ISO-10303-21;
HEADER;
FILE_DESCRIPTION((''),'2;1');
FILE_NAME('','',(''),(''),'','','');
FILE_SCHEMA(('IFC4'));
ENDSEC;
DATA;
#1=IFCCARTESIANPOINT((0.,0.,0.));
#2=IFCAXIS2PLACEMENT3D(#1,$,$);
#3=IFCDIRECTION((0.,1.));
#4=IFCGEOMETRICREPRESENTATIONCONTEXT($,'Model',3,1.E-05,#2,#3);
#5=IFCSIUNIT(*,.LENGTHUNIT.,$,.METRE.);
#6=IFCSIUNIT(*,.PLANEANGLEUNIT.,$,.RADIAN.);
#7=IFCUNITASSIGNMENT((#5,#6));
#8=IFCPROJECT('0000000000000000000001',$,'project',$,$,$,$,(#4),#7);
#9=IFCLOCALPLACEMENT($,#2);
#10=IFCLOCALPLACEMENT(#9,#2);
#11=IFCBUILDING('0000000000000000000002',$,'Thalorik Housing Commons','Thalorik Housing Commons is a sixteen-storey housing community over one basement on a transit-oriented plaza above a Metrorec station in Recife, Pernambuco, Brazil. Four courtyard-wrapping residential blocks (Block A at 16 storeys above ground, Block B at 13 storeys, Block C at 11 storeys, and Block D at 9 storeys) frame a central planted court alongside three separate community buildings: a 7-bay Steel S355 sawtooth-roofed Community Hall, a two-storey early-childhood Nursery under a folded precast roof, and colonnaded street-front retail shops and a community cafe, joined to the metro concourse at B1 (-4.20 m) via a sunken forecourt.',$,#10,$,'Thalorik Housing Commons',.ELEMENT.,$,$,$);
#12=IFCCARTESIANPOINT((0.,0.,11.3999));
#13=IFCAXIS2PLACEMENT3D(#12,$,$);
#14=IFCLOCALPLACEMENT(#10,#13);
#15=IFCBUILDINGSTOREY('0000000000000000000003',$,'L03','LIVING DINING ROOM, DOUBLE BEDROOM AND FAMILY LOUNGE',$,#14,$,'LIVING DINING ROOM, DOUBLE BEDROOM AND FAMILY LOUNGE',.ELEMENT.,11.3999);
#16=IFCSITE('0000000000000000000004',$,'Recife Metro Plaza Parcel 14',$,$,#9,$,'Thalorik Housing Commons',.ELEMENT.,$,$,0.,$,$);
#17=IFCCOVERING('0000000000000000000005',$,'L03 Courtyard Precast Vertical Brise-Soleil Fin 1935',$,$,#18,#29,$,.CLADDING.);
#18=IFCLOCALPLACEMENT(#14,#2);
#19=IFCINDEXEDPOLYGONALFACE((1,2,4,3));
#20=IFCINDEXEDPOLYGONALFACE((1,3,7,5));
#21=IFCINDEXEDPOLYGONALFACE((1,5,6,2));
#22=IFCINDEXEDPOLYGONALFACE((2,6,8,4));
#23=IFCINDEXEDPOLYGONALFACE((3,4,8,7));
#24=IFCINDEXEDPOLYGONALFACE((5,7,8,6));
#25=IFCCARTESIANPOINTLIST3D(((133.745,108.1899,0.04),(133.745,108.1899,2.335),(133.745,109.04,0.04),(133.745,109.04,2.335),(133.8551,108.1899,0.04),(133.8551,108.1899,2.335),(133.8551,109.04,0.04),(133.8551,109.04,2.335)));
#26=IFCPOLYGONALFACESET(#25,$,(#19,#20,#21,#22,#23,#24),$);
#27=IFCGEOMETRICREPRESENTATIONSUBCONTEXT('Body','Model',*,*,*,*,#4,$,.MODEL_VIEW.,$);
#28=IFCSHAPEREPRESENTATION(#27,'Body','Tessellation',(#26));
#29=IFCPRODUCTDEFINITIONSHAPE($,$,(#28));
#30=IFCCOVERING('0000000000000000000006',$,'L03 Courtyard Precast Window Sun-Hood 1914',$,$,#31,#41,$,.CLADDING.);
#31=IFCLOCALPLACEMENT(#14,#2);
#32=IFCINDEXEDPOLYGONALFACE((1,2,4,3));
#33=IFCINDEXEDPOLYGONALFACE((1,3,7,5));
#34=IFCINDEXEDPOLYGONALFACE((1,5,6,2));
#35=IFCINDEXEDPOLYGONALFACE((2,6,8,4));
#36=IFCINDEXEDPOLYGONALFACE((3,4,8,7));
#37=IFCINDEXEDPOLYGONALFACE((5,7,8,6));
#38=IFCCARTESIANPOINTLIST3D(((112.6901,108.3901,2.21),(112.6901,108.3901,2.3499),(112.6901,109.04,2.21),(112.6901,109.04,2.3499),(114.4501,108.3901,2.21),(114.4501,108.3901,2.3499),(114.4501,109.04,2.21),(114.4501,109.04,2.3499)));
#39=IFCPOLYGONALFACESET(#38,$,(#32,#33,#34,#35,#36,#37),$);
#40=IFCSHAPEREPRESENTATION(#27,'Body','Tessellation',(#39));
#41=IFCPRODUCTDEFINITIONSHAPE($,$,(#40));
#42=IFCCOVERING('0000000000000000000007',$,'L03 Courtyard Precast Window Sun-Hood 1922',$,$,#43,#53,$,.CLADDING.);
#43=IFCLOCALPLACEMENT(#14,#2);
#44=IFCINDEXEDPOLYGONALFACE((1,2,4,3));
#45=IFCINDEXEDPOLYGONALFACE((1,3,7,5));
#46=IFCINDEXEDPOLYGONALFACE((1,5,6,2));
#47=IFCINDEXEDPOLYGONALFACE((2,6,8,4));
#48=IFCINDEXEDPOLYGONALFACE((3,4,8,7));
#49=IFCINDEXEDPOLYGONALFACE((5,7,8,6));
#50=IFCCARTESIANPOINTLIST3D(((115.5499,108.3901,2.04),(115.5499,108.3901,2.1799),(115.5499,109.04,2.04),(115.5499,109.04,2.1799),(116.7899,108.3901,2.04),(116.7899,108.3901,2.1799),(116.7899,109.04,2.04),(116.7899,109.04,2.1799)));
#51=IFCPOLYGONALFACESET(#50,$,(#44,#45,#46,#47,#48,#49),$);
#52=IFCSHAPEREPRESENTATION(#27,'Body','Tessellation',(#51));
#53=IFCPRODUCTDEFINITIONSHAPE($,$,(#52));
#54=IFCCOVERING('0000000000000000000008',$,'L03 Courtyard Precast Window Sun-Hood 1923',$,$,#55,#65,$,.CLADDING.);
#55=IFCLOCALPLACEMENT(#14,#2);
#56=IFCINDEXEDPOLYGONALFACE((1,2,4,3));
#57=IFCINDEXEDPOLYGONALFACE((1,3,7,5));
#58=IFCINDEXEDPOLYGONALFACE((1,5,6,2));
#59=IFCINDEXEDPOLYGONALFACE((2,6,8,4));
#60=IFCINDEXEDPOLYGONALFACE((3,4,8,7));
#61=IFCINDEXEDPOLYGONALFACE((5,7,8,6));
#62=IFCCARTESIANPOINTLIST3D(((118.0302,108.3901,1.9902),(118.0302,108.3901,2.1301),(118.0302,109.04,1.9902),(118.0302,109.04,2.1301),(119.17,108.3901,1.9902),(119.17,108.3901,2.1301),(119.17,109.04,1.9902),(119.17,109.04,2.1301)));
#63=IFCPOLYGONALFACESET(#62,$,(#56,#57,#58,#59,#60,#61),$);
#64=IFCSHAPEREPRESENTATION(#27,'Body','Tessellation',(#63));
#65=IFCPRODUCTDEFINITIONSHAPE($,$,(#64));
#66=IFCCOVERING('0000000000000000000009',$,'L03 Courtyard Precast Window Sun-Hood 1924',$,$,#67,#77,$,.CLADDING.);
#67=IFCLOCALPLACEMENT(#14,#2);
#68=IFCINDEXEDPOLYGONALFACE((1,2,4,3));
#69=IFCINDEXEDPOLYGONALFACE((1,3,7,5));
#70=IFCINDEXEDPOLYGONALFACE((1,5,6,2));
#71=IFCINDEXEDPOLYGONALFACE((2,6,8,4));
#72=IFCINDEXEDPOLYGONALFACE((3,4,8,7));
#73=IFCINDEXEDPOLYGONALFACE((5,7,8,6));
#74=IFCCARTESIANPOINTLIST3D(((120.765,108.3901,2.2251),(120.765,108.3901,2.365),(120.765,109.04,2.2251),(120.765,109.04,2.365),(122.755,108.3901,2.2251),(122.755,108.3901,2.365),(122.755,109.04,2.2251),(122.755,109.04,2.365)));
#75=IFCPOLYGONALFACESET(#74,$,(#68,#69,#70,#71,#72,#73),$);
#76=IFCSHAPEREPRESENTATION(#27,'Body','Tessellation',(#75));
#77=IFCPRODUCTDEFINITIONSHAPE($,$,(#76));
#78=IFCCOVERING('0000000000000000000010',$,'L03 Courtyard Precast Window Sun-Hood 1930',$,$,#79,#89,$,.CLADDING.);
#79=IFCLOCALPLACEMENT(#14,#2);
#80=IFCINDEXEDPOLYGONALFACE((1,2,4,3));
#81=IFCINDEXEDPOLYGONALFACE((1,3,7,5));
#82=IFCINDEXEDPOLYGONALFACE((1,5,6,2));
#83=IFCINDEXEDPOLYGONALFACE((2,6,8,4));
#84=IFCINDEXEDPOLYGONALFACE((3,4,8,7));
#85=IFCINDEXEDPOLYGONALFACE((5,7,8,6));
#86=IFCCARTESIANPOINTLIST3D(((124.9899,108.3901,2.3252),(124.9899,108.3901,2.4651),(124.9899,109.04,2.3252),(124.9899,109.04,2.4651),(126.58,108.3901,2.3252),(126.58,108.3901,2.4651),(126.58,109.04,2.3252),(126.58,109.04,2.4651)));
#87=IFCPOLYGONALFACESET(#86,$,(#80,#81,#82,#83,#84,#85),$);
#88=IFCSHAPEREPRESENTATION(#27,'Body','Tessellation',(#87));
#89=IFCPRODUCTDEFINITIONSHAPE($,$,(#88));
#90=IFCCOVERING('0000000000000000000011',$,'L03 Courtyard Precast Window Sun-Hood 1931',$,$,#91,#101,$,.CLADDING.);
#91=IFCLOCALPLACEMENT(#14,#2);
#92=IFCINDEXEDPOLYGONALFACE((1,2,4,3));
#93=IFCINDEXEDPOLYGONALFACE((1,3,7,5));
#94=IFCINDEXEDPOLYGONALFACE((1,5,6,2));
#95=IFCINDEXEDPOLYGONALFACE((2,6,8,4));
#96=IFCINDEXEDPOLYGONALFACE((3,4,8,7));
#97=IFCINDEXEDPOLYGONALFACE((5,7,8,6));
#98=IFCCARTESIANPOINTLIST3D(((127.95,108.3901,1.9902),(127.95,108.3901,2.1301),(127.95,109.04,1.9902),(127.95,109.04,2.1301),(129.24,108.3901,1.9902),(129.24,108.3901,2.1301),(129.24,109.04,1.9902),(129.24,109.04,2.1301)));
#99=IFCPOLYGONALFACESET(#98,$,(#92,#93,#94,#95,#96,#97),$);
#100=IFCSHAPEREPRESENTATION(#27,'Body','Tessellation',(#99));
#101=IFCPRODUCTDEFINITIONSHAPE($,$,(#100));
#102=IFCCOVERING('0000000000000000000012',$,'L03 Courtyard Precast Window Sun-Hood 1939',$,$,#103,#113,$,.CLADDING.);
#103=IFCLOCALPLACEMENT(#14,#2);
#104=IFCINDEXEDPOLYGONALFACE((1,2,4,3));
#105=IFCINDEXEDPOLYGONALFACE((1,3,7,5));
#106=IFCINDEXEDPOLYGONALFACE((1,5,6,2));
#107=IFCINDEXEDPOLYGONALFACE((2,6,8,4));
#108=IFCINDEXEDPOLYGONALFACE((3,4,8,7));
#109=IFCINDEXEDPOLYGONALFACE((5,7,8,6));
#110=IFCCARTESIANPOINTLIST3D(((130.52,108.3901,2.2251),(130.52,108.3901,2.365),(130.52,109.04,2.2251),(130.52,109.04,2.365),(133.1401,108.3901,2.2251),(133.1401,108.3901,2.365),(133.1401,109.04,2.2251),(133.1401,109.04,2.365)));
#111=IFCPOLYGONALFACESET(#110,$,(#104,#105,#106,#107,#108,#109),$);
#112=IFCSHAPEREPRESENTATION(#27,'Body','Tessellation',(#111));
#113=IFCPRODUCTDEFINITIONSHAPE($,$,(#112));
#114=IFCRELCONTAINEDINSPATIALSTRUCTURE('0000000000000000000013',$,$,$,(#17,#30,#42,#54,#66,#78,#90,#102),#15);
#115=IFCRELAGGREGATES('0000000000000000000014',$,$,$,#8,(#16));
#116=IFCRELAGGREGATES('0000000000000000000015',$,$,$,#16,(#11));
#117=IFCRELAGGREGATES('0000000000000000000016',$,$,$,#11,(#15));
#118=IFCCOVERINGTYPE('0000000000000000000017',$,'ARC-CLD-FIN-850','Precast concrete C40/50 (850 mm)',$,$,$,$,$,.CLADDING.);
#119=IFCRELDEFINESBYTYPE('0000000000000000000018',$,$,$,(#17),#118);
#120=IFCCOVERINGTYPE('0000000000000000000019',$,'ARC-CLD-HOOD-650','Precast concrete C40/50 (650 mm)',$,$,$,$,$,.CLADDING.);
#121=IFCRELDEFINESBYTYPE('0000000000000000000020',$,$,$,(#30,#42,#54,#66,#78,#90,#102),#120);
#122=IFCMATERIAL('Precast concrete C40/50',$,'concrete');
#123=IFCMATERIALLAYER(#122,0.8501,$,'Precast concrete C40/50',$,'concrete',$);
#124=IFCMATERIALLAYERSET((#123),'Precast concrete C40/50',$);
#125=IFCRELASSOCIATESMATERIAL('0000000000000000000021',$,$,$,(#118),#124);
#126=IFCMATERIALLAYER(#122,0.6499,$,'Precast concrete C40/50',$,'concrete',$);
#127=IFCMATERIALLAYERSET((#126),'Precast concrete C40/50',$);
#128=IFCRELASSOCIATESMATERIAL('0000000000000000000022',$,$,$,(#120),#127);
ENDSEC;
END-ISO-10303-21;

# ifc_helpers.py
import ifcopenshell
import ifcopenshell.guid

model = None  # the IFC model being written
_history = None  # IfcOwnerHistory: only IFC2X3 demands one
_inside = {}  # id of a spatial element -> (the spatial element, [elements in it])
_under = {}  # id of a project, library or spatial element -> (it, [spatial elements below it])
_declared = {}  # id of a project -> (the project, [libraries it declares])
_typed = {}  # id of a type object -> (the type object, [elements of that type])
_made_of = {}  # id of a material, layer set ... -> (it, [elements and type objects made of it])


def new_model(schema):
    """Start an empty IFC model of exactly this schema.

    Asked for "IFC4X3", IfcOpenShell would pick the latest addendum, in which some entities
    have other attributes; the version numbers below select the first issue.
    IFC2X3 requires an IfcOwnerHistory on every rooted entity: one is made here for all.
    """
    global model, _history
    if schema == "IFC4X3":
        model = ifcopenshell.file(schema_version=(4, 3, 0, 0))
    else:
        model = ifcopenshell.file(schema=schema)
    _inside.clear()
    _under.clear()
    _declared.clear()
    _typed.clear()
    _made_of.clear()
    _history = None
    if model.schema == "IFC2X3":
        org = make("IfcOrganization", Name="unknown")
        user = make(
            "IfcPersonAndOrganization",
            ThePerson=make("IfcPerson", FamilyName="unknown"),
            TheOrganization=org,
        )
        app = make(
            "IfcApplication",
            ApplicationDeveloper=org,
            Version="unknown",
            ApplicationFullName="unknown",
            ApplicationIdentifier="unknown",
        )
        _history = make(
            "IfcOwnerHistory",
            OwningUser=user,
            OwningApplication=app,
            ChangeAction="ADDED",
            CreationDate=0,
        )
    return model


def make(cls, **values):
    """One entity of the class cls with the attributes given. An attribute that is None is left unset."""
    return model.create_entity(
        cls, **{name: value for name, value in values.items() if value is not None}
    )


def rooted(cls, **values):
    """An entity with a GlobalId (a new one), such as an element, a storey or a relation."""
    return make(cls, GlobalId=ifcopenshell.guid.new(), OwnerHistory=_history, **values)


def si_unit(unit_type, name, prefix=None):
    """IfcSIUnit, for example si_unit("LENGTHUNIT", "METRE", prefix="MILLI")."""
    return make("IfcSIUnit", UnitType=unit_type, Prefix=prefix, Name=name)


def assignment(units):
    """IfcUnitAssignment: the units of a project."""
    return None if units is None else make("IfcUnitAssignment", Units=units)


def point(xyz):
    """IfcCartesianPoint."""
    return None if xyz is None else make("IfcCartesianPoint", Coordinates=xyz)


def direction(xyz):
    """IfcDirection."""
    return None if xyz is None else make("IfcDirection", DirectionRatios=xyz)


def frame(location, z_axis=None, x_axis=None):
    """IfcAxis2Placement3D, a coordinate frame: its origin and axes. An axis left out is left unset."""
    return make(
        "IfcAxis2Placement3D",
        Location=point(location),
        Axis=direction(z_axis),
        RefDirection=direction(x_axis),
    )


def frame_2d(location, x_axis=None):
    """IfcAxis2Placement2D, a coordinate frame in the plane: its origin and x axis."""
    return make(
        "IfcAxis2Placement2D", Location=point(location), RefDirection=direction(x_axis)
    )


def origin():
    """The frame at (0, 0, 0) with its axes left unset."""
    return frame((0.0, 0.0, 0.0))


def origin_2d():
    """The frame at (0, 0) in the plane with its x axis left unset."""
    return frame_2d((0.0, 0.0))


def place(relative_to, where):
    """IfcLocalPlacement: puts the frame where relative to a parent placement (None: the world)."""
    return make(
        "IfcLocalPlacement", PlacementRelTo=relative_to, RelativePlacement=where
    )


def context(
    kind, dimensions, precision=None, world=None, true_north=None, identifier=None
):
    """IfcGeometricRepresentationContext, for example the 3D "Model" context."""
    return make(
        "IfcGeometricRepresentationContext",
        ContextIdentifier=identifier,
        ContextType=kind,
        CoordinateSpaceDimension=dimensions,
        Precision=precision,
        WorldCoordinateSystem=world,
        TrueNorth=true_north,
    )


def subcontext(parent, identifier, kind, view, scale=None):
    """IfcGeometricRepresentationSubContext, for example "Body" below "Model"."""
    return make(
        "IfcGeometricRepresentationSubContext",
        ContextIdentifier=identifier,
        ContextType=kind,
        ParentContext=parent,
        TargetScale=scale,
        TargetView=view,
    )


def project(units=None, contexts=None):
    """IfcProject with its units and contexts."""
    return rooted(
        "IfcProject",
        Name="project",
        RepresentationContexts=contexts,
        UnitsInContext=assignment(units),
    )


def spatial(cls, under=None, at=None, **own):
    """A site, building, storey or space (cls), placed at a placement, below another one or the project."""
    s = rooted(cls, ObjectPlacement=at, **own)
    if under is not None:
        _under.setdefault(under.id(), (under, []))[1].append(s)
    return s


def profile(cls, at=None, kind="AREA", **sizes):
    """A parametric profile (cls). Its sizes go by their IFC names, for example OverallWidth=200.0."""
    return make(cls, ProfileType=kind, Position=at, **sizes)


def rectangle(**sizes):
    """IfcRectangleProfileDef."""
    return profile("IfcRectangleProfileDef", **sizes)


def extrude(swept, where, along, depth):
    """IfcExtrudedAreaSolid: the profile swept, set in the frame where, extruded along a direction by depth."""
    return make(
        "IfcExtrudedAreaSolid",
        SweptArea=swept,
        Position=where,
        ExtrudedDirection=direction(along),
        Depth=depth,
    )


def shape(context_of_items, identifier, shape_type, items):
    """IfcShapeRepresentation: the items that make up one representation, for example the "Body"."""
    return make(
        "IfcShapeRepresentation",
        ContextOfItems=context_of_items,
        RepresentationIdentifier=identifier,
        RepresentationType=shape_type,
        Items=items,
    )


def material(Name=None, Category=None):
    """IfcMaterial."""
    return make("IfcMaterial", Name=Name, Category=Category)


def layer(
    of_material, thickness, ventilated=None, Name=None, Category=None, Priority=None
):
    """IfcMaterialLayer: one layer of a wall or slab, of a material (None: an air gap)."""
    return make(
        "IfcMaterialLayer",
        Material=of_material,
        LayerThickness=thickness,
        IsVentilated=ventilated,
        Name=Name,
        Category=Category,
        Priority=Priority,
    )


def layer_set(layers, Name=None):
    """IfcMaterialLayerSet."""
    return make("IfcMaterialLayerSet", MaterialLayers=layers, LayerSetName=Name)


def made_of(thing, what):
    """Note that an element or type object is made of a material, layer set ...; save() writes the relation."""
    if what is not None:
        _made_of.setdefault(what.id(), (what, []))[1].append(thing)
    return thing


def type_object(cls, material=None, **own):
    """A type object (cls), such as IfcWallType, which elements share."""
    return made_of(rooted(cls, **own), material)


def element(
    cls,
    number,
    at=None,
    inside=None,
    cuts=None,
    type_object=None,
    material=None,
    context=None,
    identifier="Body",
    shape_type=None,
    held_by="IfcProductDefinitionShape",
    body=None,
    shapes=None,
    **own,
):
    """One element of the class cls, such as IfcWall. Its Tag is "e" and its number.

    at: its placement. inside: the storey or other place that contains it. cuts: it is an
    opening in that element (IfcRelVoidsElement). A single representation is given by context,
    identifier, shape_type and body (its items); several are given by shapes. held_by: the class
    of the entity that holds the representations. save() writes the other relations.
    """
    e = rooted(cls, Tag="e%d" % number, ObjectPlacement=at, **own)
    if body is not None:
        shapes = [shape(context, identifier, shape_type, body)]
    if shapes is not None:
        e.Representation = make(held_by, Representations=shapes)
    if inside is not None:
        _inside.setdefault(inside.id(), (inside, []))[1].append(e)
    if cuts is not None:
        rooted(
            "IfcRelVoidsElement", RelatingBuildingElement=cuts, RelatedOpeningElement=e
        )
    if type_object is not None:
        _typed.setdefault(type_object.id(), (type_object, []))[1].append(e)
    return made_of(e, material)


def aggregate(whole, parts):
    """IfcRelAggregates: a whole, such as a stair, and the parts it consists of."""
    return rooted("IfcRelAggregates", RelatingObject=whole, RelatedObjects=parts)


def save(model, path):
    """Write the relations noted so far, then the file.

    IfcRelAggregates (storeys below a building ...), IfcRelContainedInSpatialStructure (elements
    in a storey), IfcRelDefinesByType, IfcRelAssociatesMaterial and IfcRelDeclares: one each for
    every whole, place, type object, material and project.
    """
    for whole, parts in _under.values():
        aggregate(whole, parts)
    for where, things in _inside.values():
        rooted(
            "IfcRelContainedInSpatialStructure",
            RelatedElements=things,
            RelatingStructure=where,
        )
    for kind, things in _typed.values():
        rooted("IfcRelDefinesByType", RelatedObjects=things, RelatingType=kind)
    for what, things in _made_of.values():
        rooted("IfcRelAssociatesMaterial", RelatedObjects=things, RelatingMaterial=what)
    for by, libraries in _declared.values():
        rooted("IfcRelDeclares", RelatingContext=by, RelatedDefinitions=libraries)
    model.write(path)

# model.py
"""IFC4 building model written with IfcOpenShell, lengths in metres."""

from ifc_helpers import new_model, si_unit, direction, frame, origin, origin_2d, place, context, subcontext, project, spatial, rectangle, extrude, material, layer, layer_set, type_object, element, save


model = new_model("IFC4")

# Units and contexts
model_context = context("Model", 3, precision=1e-05, world=origin(), true_north=direction((0.0, 1.0)))
body_context = subcontext(model_context, "Body", "Model", "MODEL_VIEW")
ifc_project = project(units=[si_unit("LENGTHUNIT", "METRE"), si_unit("PLANEANGLEUNIT", "RADIAN")], contexts=[model_context])

# Site, building, storey
site_placement = place(None, origin())
site = spatial("IfcSite", under=ifc_project, at=site_placement, Name="Recife Metro Plaza Parcel 14", LongName="Thalorik Housing Commons", CompositionType="ELEMENT", RefElevation=0.0)
building_placement = place(site_placement, origin())
building = spatial("IfcBuilding", under=site, at=building_placement, Name="Thalorik Housing Commons", Description="Thalorik Housing Commons is a sixteen-storey housing community over one basement on a transit-oriented plaza above a Metrorec station in Recife, Pernambuco, Brazil. Four courtyard-wrapping residential blocks (Block A at 16 storeys above ground, Block B at 13 storeys, Block C at 11 storeys, and Block D at 9 storeys) frame a central planted court alongside three separate community buildings: a 7-bay Steel S355 sawtooth-roofed Community Hall, a two-storey early-childhood Nursery under a folded precast roof, and colonnaded street-front retail shops and a community cafe, joined to the metro concourse at B1 (-4.20 m) via a sunken forecourt.", LongName="Thalorik Housing Commons", CompositionType="ELEMENT")
storey_placement = place(building_placement, frame((0.0, 0.0, 11.3999)))
storey = spatial("IfcBuildingStorey", under=building, at=storey_placement, Name="L03", Description="LIVING DINING ROOM, DOUBLE BEDROOM AND FAMILY LOUNGE", LongName="LIVING DINING ROOM, DOUBLE BEDROOM AND FAMILY LOUNGE", CompositionType="ELEMENT", Elevation=11.3999)

# Coverings
ifc_material = material(Name="Precast concrete C40/50", Category="concrete")
ifc_layer_1 = layer(ifc_material, 0.8501, Name="Precast concrete C40/50", Category="concrete")
ifc_layer_set_1 = layer_set([ifc_layer_1], Name="Precast concrete C40/50")
covering_type_1 = type_object("IfcCoveringType", Name="ARC-CLD-FIN-850", Description="Precast concrete C40/50 (850 mm)", PredefinedType="CLADDING", material=ifc_layer_set_1)
for number, where, z_axis, x_axis, name in (
    (1, (133.8, 108.615, 0.04), (0.0, 0.0, 1.0), (1.0, 0.0, 0.0), "L03 Courtyard Precast Vertical Brise-Soleil Fin 1935"),
):
    element("IfcCovering", number, at=place(storey_placement, frame(where, z_axis=z_axis, x_axis=x_axis)), inside=storey, type_object=covering_type_1, Name=name, PredefinedType="CLADDING", context=body_context, shape_type="SweptSolid", body=[
        extrude(rectangle(XDim=0.1101, YDim=0.8501, at=origin_2d()), origin(), (0.0, 0.0, 1.0), 2.2949),
    ])
ifc_layer_2 = layer(ifc_material, 0.6499, Name="Precast concrete C40/50", Category="concrete")
ifc_layer_set_2 = layer_set([ifc_layer_2], Name="Precast concrete C40/50")
covering_type_2 = type_object("IfcCoveringType", Name="ARC-CLD-HOOD-650", Description="Precast concrete C40/50 (650 mm)", PredefinedType="CLADDING", material=ifc_layer_set_2)
covering_1_placement = place(storey_placement, frame((113.5701, 108.7151, 2.21), z_axis=(0.0, 0.0, 1.0), x_axis=(1.0, 0.0, 0.0)))
element("IfcCovering", 2, at=covering_1_placement, inside=storey, type_object=covering_type_2, Name="L03 Courtyard Precast Window Sun-Hood 1914", PredefinedType="CLADDING", context=body_context, shape_type="SweptSolid", body=[
    extrude(rectangle(XDim=1.76, YDim=0.6499, at=origin_2d()), origin(), (0.0, 0.0, 1.0), 0.1399),
])
covering_2_placement = place(storey_placement, frame((116.1699, 108.7151, 2.04), z_axis=(0.0, 0.0, 1.0), x_axis=(1.0, 0.0, 0.0)))
element("IfcCovering", 3, at=covering_2_placement, inside=storey, type_object=covering_type_2, Name="L03 Courtyard Precast Window Sun-Hood 1922", PredefinedType="CLADDING", context=body_context, shape_type="SweptSolid", body=[
    extrude(rectangle(XDim=1.24, YDim=0.6499, at=origin_2d()), origin(), (0.0, 0.0, 1.0), 0.1399),
])
covering_3_placement = place(storey_placement, frame((118.6001, 108.7151, 1.9902), z_axis=(0.0, 0.0, 1.0), x_axis=(1.0, 0.0, 0.0)))
element("IfcCovering", 4, at=covering_3_placement, inside=storey, type_object=covering_type_2, Name="L03 Courtyard Precast Window Sun-Hood 1923", PredefinedType="CLADDING", context=body_context, shape_type="SweptSolid", body=[
    extrude(rectangle(XDim=1.1399, YDim=0.6499, at=origin_2d()), origin(), (0.0, 0.0, 1.0), 0.1399),
])
covering_4_placement = place(storey_placement, frame((121.76, 108.7151, 2.2251), z_axis=(0.0, 0.0, 1.0), x_axis=(1.0, 0.0, 0.0)))
element("IfcCovering", 5, at=covering_4_placement, inside=storey, type_object=covering_type_2, Name="L03 Courtyard Precast Window Sun-Hood 1924", PredefinedType="CLADDING", context=body_context, shape_type="SweptSolid", body=[
    extrude(rectangle(XDim=1.99, YDim=0.6499, at=origin_2d()), origin(), (0.0, 0.0, 1.0), 0.1399),
])
covering_5_placement = place(storey_placement, frame((125.7849, 108.7151, 2.3252), z_axis=(0.0, 0.0, 1.0), x_axis=(1.0, 0.0, 0.0)))
element("IfcCovering", 6, at=covering_5_placement, inside=storey, type_object=covering_type_2, Name="L03 Courtyard Precast Window Sun-Hood 1930", PredefinedType="CLADDING", context=body_context, shape_type="SweptSolid", body=[
    extrude(rectangle(XDim=1.5901, YDim=0.6499, at=origin_2d()), origin(), (0.0, 0.0, 1.0), 0.1399),
])
covering_6_placement = place(storey_placement, frame((128.595, 108.7151, 1.9902), z_axis=(0.0, 0.0, 1.0), x_axis=(1.0, 0.0, 0.0)))
element("IfcCovering", 7, at=covering_6_placement, inside=storey, type_object=covering_type_2, Name="L03 Courtyard Precast Window Sun-Hood 1931", PredefinedType="CLADDING", context=body_context, shape_type="SweptSolid", body=[
    extrude(rectangle(XDim=1.29, YDim=0.6499, at=origin_2d()), origin(), (0.0, 0.0, 1.0), 0.1399),
])
covering_7_placement = place(storey_placement, frame((131.8301, 108.7151, 2.2251), z_axis=(0.0, 0.0, 1.0), x_axis=(1.0, 0.0, 0.0)))
element("IfcCovering", 8, at=covering_7_placement, inside=storey, type_object=covering_type_2, Name="L03 Courtyard Precast Window Sun-Hood 1939", PredefinedType="CLADDING", context=body_context, shape_type="SweptSolid", body=[
    extrude(rectangle(XDim=2.6201, YDim=0.6499, at=origin_2d()), origin(), (0.0, 0.0, 1.0), 0.1399),
])

save(model, "model.ifc")
